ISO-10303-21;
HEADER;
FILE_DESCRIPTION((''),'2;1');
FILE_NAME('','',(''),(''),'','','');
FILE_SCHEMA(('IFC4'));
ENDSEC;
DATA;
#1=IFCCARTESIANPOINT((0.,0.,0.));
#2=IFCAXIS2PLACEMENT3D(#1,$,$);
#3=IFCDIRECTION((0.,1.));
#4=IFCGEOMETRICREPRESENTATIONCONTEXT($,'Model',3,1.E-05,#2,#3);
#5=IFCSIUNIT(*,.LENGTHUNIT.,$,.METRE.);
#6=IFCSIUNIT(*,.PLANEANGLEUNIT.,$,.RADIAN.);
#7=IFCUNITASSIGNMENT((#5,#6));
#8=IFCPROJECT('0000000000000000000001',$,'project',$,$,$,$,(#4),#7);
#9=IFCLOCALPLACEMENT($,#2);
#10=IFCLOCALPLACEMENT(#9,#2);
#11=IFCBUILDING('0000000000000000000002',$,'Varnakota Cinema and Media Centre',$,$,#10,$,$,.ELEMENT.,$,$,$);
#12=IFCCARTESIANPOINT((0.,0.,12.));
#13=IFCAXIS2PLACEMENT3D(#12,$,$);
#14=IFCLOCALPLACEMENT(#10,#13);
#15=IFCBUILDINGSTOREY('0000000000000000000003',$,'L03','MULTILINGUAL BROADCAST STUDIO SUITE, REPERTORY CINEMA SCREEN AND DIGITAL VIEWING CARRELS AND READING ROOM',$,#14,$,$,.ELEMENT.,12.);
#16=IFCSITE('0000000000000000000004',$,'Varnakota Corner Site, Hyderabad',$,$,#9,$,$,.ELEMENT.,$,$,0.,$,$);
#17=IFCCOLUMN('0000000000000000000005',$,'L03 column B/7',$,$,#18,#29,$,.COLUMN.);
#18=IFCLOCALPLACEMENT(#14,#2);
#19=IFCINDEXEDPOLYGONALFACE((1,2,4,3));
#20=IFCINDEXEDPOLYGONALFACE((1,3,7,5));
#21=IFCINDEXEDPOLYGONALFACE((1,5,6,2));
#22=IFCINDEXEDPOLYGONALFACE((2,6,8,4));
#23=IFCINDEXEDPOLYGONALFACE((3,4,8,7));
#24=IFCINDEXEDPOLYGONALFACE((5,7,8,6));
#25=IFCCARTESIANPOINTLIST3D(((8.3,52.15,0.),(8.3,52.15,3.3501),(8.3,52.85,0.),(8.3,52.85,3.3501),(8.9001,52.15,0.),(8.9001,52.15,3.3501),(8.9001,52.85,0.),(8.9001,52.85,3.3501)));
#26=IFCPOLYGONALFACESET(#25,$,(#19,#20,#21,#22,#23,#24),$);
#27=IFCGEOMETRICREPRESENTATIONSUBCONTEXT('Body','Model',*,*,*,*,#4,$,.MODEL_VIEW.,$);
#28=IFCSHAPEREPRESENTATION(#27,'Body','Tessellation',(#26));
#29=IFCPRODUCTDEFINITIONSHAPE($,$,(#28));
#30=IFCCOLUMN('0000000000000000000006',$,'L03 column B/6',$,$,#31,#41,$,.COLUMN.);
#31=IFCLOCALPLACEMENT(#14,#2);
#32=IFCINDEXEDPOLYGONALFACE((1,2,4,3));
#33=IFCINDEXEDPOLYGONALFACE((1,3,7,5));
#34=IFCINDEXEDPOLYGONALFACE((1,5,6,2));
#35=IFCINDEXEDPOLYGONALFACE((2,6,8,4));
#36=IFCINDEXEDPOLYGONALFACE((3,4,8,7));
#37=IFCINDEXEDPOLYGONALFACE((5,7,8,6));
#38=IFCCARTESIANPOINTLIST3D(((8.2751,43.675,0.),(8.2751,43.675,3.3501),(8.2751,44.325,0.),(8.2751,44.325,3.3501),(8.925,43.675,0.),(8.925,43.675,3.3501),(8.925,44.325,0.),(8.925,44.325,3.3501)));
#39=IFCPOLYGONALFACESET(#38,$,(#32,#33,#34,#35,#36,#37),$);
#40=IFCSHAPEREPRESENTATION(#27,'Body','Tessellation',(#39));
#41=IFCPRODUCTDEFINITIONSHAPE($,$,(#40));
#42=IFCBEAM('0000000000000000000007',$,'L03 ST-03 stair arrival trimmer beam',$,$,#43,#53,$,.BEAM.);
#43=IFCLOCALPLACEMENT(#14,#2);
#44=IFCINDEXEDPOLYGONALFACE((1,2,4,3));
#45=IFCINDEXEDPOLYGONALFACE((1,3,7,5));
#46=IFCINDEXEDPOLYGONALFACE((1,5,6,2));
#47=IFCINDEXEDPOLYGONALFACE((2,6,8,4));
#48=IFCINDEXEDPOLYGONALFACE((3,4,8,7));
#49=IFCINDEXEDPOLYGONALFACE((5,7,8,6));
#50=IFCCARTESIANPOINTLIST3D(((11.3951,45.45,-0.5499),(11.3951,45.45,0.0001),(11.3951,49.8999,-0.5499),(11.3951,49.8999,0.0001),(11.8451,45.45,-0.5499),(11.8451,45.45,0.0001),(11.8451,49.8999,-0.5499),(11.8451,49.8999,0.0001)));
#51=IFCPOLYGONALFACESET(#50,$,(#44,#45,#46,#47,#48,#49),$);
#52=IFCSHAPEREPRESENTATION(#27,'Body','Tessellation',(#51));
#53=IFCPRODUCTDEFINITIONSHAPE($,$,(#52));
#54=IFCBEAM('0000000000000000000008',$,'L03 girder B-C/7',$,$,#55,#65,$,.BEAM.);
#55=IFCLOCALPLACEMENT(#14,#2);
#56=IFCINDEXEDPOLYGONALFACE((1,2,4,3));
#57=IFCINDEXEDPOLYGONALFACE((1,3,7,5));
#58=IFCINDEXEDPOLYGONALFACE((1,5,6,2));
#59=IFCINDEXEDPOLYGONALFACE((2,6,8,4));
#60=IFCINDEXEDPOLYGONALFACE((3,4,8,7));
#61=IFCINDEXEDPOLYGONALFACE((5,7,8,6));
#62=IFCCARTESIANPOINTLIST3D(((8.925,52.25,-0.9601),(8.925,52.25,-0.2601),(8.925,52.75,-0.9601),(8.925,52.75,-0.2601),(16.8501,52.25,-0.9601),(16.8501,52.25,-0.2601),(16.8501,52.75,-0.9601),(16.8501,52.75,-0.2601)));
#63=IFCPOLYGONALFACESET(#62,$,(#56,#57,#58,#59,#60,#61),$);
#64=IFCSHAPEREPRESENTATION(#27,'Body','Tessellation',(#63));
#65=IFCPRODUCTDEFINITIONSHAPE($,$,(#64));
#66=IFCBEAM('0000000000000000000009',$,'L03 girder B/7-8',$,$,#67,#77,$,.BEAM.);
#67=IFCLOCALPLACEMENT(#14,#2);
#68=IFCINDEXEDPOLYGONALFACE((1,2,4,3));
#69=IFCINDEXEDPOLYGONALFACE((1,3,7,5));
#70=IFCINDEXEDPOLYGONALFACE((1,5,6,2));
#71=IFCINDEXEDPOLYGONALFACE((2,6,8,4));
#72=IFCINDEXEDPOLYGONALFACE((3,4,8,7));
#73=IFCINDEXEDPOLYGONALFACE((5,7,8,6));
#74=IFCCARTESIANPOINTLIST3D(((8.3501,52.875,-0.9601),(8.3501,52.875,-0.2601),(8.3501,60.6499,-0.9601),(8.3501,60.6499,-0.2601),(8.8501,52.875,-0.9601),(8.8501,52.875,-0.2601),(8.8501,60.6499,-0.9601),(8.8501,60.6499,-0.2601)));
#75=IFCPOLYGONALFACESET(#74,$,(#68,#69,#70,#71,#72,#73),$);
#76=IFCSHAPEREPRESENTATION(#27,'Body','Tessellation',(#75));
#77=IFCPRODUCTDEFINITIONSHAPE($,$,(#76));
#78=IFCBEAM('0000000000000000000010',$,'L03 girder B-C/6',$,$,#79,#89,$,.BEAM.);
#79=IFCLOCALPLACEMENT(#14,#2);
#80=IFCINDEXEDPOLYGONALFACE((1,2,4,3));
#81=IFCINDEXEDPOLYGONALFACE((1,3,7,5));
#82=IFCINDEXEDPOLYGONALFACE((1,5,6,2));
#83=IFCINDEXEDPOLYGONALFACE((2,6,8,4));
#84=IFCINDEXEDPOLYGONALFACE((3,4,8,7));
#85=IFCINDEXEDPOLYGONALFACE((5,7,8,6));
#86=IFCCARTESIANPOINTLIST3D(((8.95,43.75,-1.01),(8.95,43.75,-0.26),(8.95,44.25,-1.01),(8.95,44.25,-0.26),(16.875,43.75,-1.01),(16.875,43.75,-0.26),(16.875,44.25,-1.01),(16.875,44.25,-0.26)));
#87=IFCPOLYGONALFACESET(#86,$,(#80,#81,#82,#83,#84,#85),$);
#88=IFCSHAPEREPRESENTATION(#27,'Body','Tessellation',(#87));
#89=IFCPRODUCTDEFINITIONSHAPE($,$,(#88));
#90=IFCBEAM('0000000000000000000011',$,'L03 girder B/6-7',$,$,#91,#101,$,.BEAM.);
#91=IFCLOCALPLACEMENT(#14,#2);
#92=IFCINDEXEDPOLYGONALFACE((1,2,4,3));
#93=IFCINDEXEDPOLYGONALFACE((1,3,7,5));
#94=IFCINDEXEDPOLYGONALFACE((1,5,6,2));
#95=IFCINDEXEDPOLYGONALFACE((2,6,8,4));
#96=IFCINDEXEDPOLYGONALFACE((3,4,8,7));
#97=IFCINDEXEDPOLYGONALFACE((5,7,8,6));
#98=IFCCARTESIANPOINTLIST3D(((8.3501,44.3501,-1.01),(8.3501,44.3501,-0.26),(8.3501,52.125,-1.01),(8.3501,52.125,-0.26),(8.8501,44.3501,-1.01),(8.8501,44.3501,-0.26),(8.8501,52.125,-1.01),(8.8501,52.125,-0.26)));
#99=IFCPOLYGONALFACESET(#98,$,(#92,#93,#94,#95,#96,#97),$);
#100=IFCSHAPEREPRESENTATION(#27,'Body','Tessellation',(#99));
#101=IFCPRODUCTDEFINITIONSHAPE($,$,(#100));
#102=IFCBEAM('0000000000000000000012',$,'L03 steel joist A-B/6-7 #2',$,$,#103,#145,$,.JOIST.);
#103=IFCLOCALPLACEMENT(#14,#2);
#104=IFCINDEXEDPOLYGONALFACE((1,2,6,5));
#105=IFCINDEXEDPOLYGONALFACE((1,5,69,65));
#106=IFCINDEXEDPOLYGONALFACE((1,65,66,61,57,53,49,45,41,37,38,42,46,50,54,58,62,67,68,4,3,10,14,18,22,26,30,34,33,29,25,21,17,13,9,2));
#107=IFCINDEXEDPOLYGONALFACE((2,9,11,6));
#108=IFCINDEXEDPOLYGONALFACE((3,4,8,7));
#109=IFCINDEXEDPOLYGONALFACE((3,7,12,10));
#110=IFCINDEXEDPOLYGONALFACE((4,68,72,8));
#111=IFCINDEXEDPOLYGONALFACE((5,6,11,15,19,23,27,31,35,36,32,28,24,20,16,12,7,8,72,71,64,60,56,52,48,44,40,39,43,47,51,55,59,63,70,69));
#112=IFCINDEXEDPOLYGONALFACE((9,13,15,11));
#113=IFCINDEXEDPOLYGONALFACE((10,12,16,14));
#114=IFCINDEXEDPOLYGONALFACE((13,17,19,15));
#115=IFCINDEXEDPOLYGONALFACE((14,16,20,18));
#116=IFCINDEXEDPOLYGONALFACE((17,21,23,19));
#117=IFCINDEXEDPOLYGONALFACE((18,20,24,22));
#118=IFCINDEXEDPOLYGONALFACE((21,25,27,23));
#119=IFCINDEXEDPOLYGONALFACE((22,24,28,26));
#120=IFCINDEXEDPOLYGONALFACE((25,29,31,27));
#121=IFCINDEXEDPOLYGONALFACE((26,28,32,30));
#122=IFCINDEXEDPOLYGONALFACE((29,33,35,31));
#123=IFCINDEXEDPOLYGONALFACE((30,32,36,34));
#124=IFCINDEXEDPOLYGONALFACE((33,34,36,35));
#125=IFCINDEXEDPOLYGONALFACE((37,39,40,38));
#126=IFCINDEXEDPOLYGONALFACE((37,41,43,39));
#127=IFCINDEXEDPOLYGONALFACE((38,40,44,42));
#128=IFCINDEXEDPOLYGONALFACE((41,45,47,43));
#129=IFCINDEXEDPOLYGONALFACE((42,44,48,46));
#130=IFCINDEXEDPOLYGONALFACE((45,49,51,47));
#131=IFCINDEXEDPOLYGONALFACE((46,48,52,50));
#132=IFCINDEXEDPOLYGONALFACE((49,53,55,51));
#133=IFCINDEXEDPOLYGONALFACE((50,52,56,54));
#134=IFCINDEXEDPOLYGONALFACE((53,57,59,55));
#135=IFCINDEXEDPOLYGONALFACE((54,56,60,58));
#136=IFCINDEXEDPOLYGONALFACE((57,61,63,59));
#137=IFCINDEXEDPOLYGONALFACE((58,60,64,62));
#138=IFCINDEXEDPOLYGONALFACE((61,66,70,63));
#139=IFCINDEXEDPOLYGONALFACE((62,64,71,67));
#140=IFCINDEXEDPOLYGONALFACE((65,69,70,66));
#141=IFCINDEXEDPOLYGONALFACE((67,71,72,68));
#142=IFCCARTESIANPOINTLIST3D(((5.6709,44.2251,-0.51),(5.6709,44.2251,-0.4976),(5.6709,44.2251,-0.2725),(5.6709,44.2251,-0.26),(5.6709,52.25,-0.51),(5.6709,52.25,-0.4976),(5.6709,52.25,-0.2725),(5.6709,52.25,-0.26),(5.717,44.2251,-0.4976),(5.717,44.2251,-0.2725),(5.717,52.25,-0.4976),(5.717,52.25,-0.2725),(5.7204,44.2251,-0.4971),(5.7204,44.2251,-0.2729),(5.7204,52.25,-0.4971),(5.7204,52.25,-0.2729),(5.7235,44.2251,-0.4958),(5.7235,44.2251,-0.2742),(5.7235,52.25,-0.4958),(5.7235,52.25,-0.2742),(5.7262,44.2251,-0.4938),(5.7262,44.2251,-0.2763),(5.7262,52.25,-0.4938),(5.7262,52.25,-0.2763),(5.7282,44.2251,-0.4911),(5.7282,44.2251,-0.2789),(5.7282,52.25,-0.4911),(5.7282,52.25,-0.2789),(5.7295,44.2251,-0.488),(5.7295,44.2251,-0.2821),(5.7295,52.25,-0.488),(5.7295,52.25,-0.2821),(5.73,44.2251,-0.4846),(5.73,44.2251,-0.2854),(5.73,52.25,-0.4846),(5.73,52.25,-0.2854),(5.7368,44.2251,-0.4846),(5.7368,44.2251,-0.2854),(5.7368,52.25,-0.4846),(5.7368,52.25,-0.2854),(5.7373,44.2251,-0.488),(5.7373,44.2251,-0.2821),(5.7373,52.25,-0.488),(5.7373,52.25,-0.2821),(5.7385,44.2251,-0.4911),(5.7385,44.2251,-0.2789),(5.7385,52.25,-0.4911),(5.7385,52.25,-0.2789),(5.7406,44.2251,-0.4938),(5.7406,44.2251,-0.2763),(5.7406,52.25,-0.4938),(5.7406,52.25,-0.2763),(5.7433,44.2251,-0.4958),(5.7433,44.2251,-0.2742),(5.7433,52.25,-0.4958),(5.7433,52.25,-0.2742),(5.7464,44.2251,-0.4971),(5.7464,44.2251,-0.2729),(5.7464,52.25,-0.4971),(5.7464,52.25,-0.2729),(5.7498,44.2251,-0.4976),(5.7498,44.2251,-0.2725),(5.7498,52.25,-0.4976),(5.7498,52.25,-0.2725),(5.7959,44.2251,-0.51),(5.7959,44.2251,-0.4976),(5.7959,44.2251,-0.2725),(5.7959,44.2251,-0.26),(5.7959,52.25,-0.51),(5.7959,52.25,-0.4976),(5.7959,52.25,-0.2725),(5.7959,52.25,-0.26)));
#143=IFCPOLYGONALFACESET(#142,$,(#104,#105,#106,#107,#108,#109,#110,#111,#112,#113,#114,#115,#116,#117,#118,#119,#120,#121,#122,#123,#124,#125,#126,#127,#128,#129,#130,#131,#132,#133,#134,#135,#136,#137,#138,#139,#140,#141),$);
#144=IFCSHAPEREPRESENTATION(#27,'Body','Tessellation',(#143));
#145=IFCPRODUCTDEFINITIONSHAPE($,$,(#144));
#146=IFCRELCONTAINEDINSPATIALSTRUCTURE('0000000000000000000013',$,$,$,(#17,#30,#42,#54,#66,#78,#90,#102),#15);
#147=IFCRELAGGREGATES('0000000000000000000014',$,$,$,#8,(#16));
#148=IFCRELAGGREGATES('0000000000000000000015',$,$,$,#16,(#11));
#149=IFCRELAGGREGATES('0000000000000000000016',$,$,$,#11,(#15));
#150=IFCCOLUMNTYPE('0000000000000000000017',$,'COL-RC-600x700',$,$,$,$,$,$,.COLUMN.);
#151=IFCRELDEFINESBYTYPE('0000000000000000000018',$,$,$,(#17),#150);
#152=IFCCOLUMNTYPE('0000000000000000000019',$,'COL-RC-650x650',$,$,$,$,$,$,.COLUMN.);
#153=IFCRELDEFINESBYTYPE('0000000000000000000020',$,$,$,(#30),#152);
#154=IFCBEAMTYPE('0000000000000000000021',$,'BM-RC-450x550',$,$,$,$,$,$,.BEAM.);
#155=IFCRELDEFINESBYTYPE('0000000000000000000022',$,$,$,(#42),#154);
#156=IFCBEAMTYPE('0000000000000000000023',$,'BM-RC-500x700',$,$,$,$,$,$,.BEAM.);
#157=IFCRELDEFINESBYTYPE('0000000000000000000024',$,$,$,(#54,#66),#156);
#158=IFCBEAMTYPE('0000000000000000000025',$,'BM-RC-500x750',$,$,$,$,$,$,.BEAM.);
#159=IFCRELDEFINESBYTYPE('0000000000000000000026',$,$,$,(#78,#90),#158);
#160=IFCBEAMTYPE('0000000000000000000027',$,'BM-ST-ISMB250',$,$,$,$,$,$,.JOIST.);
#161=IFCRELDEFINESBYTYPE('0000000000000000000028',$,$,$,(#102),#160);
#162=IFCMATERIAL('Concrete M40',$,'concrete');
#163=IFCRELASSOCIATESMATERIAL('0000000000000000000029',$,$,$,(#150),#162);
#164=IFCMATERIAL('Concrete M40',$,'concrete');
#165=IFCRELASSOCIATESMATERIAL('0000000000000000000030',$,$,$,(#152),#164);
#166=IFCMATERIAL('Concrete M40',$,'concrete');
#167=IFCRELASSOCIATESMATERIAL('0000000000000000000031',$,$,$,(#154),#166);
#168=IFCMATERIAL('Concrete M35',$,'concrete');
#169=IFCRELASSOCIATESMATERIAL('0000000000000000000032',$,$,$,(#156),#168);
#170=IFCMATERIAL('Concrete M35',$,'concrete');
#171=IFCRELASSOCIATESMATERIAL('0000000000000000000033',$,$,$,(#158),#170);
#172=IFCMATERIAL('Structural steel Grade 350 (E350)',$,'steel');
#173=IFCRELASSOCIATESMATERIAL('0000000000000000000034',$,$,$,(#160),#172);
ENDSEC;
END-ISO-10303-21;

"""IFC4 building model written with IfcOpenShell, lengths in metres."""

from ifc_helpers import new_model, si_unit, direction, frame, origin, origin_2d, place, context, subcontext, project, spatial, rectangle, i_section, extrude, material, material_profile, profile_set, type_object, element, save


model = new_model("IFC4")

# Units and contexts
model_context = context("Model", 3, precision=1e-05, world=origin(), true_north=direction((0.0, 1.0)))
body_context = subcontext(model_context, "Body", "Model", "MODEL_VIEW")
ifc_project = project(units=[si_unit("LENGTHUNIT", "METRE"), si_unit("PLANEANGLEUNIT", "RADIAN")], contexts=[model_context])

# Site, building, storey
site_placement = place(None, origin())
site = spatial("IfcSite", under=ifc_project, at=site_placement, Name="Varnakota Corner Site, Hyderabad", CompositionType="ELEMENT", RefElevation=0.0)
building_placement = place(site_placement, origin())
building = spatial("IfcBuilding", under=site, at=building_placement, Name="Varnakota Cinema and Media Centre", CompositionType="ELEMENT")
storey_placement = place(building_placement, frame((0.0, 0.0, 12.0)))
storey = spatial("IfcBuildingStorey", under=building, at=storey_placement, Name="L03", Description="MULTILINGUAL BROADCAST STUDIO SUITE, REPERTORY CINEMA SCREEN AND DIGITAL VIEWING CARRELS AND READING ROOM", CompositionType="ELEMENT", Elevation=12.0)

# Columns
ifc_material_1 = material(Name="Concrete M40", Category="concrete")
ifc_material_profile_1 = material_profile(ifc_material_1, rectangle(XDim=0.6001, YDim=0.7, at=origin_2d()), Name="RC 600x700")
ifc_profile_set_1 = profile_set([ifc_material_profile_1], Name="Concrete M40")
column_type_1 = type_object("IfcColumnType", Name="COL-RC-600x700", PredefinedType="COLUMN", material=ifc_profile_set_1)
column_1_placement = place(storey_placement, frame((8.6001, 52.5, 0.0), z_axis=(0.0, 0.0, 1.0), x_axis=(1.0, 0.0, 0.0)))
element("IfcColumn", 1, at=column_1_placement, inside=storey, type_object=column_type_1, Name="L03 column B/7", PredefinedType="COLUMN", context=body_context, shape_type="SweptSolid", body=[
    extrude(rectangle(XDim=0.6001, YDim=0.7, at=origin_2d()), origin(), (0.0, 0.0, 1.0), 3.3501),
])
ifc_material_2 = material(Name="Concrete M40", Category="concrete")
ifc_material_profile_2 = material_profile(ifc_material_2, rectangle(XDim=0.6499, YDim=0.6499, at=origin_2d()), Name="RC 650x650")
ifc_profile_set_2 = profile_set([ifc_material_profile_2], Name="Concrete M40")
column_type_2 = type_object("IfcColumnType", Name="COL-RC-650x650", PredefinedType="COLUMN", material=ifc_profile_set_2)
column_2_placement = place(storey_placement, frame((8.6001, 44.0, 0.0), z_axis=(0.0, 0.0, 1.0), x_axis=(1.0, 0.0, 0.0)))
element("IfcColumn", 2, at=column_2_placement, inside=storey, type_object=column_type_2, Name="L03 column B/6", PredefinedType="COLUMN", context=body_context, shape_type="SweptSolid", body=[
    extrude(rectangle(XDim=0.6499, YDim=0.6499, at=origin_2d()), origin(), (0.0, 0.0, 1.0), 3.3501),
])

# Beams
ifc_material_3 = material(Name="Concrete M40", Category="concrete")
ifc_material_profile_3 = material_profile(ifc_material_3, rectangle(XDim=0.45, YDim=0.55, at=origin_2d()), Name="RCB 450x550")
ifc_profile_set_3 = profile_set([ifc_material_profile_3], Name="Concrete M40")
beam_type_1 = type_object("IfcBeamType", Name="BM-RC-450x550", PredefinedType="BEAM", material=ifc_profile_set_3)
beam_1_placement = place(storey_placement, frame((11.6201, 45.45, -0.2749), z_axis=(0.0, 1.0, 0.0), x_axis=(-1.0, 0.0, 0.0)))
element("IfcBeam", 3, at=beam_1_placement, inside=storey, type_object=beam_type_1, Name="L03 ST-03 stair arrival trimmer beam", PredefinedType="BEAM", context=body_context, shape_type="SweptSolid", body=[
    extrude(rectangle(XDim=0.45, YDim=0.55, at=origin_2d()), origin(), (0.0, 0.0, 1.0), 4.45),
])
ifc_material_4 = material(Name="Concrete M35", Category="concrete")
ifc_material_profile_4 = material_profile(ifc_material_4, rectangle(XDim=0.5, YDim=0.7, at=origin_2d()), Name="RCB 500x700")
ifc_profile_set_4 = profile_set([ifc_material_profile_4], Name="Concrete M35")
beam_type_2 = type_object("IfcBeamType", Name="BM-RC-500x700", PredefinedType="BEAM", material=ifc_profile_set_4)
beam_2_placement = place(storey_placement, frame((8.925, 52.5, -0.6101), z_axis=(1.0, 0.0, 0.0), x_axis=(0.0, 1.0, 0.0)))
element("IfcBeam", 4, at=beam_2_placement, inside=storey, type_object=beam_type_2, Name="L03 girder B-C/7", PredefinedType="BEAM", context=body_context, shape_type="SweptSolid", body=[
    extrude(rectangle(XDim=0.5, YDim=0.7, at=origin_2d()), origin(), (0.0, 0.0, 1.0), 7.925),
])
beam_3_placement = place(storey_placement, frame((8.6001, 52.875, -0.6101), z_axis=(0.0, 1.0, 0.0), x_axis=(-1.0, 0.0, 0.0)))
element("IfcBeam", 5, at=beam_3_placement, inside=storey, type_object=beam_type_2, Name="L03 girder B/7-8", PredefinedType="BEAM", context=body_context, shape_type="SweptSolid", body=[
    extrude(rectangle(XDim=0.5, YDim=0.7, at=origin_2d()), origin(), (0.0, 0.0, 1.0), 7.7749),
])
ifc_material_5 = material(Name="Concrete M35", Category="concrete")
ifc_material_profile_5 = material_profile(ifc_material_5, rectangle(XDim=0.5, YDim=0.75, at=origin_2d()), Name="RCB 500x750")
ifc_profile_set_5 = profile_set([ifc_material_profile_5], Name="Concrete M35")
beam_type_3 = type_object("IfcBeamType", Name="BM-RC-500x750", PredefinedType="BEAM", material=ifc_profile_set_5)
beam_4_placement = place(storey_placement, frame((8.95, 44.0, -0.635), z_axis=(1.0, 0.0, 0.0), x_axis=(0.0, 1.0, 0.0)))
element("IfcBeam", 6, at=beam_4_placement, inside=storey, type_object=beam_type_3, Name="L03 girder B-C/6", PredefinedType="BEAM", context=body_context, shape_type="SweptSolid", body=[
    extrude(rectangle(XDim=0.5, YDim=0.75, at=origin_2d()), origin(), (0.0, 0.0, 1.0), 7.925),
])
beam_5_placement = place(storey_placement, frame((8.6001, 44.3501, -0.635), z_axis=(0.0, 1.0, 0.0), x_axis=(-1.0, 0.0, 0.0)))
element("IfcBeam", 7, at=beam_5_placement, inside=storey, type_object=beam_type_3, Name="L03 girder B/6-7", PredefinedType="BEAM", context=body_context, shape_type="SweptSolid", body=[
    extrude(rectangle(XDim=0.5, YDim=0.75, at=origin_2d()), origin(), (0.0, 0.0, 1.0), 7.7749),
])
ifc_material_6 = material(Name="Structural steel Grade 350 (E350)", Category="steel")
ifc_material_profile_6 = material_profile(ifc_material_6, i_section(OverallWidth=0.125, OverallDepth=0.25, WebThickness=0.0068, FlangeThickness=0.0125, FilletRadius=0.0129, at=origin_2d()), Name="ISMB 250")
ifc_profile_set_6 = profile_set([ifc_material_profile_6], Name="Structural steel Grade 350 (E350)")
beam_type_4 = type_object("IfcBeamType", Name="BM-ST-ISMB250", PredefinedType="JOIST", material=ifc_profile_set_6)
beam_6_placement = place(storey_placement, frame((5.7334, 44.2251, -0.385), z_axis=(0.0, 1.0, 0.0), x_axis=(-1.0, 0.0, 0.0)))
element("IfcBeam", 8, at=beam_6_placement, inside=storey, type_object=beam_type_4, Name="L03 steel joist A-B/6-7 #2", PredefinedType="JOIST", context=body_context, shape_type="SweptSolid", body=[
    extrude(i_section(OverallWidth=0.125, OverallDepth=0.25, WebThickness=0.0068, FlangeThickness=0.0125, FilletRadius=0.0129, at=origin_2d()), origin(), (0.0, 0.0, 1.0), 8.0249),
])

save(model, "model.ifc")
